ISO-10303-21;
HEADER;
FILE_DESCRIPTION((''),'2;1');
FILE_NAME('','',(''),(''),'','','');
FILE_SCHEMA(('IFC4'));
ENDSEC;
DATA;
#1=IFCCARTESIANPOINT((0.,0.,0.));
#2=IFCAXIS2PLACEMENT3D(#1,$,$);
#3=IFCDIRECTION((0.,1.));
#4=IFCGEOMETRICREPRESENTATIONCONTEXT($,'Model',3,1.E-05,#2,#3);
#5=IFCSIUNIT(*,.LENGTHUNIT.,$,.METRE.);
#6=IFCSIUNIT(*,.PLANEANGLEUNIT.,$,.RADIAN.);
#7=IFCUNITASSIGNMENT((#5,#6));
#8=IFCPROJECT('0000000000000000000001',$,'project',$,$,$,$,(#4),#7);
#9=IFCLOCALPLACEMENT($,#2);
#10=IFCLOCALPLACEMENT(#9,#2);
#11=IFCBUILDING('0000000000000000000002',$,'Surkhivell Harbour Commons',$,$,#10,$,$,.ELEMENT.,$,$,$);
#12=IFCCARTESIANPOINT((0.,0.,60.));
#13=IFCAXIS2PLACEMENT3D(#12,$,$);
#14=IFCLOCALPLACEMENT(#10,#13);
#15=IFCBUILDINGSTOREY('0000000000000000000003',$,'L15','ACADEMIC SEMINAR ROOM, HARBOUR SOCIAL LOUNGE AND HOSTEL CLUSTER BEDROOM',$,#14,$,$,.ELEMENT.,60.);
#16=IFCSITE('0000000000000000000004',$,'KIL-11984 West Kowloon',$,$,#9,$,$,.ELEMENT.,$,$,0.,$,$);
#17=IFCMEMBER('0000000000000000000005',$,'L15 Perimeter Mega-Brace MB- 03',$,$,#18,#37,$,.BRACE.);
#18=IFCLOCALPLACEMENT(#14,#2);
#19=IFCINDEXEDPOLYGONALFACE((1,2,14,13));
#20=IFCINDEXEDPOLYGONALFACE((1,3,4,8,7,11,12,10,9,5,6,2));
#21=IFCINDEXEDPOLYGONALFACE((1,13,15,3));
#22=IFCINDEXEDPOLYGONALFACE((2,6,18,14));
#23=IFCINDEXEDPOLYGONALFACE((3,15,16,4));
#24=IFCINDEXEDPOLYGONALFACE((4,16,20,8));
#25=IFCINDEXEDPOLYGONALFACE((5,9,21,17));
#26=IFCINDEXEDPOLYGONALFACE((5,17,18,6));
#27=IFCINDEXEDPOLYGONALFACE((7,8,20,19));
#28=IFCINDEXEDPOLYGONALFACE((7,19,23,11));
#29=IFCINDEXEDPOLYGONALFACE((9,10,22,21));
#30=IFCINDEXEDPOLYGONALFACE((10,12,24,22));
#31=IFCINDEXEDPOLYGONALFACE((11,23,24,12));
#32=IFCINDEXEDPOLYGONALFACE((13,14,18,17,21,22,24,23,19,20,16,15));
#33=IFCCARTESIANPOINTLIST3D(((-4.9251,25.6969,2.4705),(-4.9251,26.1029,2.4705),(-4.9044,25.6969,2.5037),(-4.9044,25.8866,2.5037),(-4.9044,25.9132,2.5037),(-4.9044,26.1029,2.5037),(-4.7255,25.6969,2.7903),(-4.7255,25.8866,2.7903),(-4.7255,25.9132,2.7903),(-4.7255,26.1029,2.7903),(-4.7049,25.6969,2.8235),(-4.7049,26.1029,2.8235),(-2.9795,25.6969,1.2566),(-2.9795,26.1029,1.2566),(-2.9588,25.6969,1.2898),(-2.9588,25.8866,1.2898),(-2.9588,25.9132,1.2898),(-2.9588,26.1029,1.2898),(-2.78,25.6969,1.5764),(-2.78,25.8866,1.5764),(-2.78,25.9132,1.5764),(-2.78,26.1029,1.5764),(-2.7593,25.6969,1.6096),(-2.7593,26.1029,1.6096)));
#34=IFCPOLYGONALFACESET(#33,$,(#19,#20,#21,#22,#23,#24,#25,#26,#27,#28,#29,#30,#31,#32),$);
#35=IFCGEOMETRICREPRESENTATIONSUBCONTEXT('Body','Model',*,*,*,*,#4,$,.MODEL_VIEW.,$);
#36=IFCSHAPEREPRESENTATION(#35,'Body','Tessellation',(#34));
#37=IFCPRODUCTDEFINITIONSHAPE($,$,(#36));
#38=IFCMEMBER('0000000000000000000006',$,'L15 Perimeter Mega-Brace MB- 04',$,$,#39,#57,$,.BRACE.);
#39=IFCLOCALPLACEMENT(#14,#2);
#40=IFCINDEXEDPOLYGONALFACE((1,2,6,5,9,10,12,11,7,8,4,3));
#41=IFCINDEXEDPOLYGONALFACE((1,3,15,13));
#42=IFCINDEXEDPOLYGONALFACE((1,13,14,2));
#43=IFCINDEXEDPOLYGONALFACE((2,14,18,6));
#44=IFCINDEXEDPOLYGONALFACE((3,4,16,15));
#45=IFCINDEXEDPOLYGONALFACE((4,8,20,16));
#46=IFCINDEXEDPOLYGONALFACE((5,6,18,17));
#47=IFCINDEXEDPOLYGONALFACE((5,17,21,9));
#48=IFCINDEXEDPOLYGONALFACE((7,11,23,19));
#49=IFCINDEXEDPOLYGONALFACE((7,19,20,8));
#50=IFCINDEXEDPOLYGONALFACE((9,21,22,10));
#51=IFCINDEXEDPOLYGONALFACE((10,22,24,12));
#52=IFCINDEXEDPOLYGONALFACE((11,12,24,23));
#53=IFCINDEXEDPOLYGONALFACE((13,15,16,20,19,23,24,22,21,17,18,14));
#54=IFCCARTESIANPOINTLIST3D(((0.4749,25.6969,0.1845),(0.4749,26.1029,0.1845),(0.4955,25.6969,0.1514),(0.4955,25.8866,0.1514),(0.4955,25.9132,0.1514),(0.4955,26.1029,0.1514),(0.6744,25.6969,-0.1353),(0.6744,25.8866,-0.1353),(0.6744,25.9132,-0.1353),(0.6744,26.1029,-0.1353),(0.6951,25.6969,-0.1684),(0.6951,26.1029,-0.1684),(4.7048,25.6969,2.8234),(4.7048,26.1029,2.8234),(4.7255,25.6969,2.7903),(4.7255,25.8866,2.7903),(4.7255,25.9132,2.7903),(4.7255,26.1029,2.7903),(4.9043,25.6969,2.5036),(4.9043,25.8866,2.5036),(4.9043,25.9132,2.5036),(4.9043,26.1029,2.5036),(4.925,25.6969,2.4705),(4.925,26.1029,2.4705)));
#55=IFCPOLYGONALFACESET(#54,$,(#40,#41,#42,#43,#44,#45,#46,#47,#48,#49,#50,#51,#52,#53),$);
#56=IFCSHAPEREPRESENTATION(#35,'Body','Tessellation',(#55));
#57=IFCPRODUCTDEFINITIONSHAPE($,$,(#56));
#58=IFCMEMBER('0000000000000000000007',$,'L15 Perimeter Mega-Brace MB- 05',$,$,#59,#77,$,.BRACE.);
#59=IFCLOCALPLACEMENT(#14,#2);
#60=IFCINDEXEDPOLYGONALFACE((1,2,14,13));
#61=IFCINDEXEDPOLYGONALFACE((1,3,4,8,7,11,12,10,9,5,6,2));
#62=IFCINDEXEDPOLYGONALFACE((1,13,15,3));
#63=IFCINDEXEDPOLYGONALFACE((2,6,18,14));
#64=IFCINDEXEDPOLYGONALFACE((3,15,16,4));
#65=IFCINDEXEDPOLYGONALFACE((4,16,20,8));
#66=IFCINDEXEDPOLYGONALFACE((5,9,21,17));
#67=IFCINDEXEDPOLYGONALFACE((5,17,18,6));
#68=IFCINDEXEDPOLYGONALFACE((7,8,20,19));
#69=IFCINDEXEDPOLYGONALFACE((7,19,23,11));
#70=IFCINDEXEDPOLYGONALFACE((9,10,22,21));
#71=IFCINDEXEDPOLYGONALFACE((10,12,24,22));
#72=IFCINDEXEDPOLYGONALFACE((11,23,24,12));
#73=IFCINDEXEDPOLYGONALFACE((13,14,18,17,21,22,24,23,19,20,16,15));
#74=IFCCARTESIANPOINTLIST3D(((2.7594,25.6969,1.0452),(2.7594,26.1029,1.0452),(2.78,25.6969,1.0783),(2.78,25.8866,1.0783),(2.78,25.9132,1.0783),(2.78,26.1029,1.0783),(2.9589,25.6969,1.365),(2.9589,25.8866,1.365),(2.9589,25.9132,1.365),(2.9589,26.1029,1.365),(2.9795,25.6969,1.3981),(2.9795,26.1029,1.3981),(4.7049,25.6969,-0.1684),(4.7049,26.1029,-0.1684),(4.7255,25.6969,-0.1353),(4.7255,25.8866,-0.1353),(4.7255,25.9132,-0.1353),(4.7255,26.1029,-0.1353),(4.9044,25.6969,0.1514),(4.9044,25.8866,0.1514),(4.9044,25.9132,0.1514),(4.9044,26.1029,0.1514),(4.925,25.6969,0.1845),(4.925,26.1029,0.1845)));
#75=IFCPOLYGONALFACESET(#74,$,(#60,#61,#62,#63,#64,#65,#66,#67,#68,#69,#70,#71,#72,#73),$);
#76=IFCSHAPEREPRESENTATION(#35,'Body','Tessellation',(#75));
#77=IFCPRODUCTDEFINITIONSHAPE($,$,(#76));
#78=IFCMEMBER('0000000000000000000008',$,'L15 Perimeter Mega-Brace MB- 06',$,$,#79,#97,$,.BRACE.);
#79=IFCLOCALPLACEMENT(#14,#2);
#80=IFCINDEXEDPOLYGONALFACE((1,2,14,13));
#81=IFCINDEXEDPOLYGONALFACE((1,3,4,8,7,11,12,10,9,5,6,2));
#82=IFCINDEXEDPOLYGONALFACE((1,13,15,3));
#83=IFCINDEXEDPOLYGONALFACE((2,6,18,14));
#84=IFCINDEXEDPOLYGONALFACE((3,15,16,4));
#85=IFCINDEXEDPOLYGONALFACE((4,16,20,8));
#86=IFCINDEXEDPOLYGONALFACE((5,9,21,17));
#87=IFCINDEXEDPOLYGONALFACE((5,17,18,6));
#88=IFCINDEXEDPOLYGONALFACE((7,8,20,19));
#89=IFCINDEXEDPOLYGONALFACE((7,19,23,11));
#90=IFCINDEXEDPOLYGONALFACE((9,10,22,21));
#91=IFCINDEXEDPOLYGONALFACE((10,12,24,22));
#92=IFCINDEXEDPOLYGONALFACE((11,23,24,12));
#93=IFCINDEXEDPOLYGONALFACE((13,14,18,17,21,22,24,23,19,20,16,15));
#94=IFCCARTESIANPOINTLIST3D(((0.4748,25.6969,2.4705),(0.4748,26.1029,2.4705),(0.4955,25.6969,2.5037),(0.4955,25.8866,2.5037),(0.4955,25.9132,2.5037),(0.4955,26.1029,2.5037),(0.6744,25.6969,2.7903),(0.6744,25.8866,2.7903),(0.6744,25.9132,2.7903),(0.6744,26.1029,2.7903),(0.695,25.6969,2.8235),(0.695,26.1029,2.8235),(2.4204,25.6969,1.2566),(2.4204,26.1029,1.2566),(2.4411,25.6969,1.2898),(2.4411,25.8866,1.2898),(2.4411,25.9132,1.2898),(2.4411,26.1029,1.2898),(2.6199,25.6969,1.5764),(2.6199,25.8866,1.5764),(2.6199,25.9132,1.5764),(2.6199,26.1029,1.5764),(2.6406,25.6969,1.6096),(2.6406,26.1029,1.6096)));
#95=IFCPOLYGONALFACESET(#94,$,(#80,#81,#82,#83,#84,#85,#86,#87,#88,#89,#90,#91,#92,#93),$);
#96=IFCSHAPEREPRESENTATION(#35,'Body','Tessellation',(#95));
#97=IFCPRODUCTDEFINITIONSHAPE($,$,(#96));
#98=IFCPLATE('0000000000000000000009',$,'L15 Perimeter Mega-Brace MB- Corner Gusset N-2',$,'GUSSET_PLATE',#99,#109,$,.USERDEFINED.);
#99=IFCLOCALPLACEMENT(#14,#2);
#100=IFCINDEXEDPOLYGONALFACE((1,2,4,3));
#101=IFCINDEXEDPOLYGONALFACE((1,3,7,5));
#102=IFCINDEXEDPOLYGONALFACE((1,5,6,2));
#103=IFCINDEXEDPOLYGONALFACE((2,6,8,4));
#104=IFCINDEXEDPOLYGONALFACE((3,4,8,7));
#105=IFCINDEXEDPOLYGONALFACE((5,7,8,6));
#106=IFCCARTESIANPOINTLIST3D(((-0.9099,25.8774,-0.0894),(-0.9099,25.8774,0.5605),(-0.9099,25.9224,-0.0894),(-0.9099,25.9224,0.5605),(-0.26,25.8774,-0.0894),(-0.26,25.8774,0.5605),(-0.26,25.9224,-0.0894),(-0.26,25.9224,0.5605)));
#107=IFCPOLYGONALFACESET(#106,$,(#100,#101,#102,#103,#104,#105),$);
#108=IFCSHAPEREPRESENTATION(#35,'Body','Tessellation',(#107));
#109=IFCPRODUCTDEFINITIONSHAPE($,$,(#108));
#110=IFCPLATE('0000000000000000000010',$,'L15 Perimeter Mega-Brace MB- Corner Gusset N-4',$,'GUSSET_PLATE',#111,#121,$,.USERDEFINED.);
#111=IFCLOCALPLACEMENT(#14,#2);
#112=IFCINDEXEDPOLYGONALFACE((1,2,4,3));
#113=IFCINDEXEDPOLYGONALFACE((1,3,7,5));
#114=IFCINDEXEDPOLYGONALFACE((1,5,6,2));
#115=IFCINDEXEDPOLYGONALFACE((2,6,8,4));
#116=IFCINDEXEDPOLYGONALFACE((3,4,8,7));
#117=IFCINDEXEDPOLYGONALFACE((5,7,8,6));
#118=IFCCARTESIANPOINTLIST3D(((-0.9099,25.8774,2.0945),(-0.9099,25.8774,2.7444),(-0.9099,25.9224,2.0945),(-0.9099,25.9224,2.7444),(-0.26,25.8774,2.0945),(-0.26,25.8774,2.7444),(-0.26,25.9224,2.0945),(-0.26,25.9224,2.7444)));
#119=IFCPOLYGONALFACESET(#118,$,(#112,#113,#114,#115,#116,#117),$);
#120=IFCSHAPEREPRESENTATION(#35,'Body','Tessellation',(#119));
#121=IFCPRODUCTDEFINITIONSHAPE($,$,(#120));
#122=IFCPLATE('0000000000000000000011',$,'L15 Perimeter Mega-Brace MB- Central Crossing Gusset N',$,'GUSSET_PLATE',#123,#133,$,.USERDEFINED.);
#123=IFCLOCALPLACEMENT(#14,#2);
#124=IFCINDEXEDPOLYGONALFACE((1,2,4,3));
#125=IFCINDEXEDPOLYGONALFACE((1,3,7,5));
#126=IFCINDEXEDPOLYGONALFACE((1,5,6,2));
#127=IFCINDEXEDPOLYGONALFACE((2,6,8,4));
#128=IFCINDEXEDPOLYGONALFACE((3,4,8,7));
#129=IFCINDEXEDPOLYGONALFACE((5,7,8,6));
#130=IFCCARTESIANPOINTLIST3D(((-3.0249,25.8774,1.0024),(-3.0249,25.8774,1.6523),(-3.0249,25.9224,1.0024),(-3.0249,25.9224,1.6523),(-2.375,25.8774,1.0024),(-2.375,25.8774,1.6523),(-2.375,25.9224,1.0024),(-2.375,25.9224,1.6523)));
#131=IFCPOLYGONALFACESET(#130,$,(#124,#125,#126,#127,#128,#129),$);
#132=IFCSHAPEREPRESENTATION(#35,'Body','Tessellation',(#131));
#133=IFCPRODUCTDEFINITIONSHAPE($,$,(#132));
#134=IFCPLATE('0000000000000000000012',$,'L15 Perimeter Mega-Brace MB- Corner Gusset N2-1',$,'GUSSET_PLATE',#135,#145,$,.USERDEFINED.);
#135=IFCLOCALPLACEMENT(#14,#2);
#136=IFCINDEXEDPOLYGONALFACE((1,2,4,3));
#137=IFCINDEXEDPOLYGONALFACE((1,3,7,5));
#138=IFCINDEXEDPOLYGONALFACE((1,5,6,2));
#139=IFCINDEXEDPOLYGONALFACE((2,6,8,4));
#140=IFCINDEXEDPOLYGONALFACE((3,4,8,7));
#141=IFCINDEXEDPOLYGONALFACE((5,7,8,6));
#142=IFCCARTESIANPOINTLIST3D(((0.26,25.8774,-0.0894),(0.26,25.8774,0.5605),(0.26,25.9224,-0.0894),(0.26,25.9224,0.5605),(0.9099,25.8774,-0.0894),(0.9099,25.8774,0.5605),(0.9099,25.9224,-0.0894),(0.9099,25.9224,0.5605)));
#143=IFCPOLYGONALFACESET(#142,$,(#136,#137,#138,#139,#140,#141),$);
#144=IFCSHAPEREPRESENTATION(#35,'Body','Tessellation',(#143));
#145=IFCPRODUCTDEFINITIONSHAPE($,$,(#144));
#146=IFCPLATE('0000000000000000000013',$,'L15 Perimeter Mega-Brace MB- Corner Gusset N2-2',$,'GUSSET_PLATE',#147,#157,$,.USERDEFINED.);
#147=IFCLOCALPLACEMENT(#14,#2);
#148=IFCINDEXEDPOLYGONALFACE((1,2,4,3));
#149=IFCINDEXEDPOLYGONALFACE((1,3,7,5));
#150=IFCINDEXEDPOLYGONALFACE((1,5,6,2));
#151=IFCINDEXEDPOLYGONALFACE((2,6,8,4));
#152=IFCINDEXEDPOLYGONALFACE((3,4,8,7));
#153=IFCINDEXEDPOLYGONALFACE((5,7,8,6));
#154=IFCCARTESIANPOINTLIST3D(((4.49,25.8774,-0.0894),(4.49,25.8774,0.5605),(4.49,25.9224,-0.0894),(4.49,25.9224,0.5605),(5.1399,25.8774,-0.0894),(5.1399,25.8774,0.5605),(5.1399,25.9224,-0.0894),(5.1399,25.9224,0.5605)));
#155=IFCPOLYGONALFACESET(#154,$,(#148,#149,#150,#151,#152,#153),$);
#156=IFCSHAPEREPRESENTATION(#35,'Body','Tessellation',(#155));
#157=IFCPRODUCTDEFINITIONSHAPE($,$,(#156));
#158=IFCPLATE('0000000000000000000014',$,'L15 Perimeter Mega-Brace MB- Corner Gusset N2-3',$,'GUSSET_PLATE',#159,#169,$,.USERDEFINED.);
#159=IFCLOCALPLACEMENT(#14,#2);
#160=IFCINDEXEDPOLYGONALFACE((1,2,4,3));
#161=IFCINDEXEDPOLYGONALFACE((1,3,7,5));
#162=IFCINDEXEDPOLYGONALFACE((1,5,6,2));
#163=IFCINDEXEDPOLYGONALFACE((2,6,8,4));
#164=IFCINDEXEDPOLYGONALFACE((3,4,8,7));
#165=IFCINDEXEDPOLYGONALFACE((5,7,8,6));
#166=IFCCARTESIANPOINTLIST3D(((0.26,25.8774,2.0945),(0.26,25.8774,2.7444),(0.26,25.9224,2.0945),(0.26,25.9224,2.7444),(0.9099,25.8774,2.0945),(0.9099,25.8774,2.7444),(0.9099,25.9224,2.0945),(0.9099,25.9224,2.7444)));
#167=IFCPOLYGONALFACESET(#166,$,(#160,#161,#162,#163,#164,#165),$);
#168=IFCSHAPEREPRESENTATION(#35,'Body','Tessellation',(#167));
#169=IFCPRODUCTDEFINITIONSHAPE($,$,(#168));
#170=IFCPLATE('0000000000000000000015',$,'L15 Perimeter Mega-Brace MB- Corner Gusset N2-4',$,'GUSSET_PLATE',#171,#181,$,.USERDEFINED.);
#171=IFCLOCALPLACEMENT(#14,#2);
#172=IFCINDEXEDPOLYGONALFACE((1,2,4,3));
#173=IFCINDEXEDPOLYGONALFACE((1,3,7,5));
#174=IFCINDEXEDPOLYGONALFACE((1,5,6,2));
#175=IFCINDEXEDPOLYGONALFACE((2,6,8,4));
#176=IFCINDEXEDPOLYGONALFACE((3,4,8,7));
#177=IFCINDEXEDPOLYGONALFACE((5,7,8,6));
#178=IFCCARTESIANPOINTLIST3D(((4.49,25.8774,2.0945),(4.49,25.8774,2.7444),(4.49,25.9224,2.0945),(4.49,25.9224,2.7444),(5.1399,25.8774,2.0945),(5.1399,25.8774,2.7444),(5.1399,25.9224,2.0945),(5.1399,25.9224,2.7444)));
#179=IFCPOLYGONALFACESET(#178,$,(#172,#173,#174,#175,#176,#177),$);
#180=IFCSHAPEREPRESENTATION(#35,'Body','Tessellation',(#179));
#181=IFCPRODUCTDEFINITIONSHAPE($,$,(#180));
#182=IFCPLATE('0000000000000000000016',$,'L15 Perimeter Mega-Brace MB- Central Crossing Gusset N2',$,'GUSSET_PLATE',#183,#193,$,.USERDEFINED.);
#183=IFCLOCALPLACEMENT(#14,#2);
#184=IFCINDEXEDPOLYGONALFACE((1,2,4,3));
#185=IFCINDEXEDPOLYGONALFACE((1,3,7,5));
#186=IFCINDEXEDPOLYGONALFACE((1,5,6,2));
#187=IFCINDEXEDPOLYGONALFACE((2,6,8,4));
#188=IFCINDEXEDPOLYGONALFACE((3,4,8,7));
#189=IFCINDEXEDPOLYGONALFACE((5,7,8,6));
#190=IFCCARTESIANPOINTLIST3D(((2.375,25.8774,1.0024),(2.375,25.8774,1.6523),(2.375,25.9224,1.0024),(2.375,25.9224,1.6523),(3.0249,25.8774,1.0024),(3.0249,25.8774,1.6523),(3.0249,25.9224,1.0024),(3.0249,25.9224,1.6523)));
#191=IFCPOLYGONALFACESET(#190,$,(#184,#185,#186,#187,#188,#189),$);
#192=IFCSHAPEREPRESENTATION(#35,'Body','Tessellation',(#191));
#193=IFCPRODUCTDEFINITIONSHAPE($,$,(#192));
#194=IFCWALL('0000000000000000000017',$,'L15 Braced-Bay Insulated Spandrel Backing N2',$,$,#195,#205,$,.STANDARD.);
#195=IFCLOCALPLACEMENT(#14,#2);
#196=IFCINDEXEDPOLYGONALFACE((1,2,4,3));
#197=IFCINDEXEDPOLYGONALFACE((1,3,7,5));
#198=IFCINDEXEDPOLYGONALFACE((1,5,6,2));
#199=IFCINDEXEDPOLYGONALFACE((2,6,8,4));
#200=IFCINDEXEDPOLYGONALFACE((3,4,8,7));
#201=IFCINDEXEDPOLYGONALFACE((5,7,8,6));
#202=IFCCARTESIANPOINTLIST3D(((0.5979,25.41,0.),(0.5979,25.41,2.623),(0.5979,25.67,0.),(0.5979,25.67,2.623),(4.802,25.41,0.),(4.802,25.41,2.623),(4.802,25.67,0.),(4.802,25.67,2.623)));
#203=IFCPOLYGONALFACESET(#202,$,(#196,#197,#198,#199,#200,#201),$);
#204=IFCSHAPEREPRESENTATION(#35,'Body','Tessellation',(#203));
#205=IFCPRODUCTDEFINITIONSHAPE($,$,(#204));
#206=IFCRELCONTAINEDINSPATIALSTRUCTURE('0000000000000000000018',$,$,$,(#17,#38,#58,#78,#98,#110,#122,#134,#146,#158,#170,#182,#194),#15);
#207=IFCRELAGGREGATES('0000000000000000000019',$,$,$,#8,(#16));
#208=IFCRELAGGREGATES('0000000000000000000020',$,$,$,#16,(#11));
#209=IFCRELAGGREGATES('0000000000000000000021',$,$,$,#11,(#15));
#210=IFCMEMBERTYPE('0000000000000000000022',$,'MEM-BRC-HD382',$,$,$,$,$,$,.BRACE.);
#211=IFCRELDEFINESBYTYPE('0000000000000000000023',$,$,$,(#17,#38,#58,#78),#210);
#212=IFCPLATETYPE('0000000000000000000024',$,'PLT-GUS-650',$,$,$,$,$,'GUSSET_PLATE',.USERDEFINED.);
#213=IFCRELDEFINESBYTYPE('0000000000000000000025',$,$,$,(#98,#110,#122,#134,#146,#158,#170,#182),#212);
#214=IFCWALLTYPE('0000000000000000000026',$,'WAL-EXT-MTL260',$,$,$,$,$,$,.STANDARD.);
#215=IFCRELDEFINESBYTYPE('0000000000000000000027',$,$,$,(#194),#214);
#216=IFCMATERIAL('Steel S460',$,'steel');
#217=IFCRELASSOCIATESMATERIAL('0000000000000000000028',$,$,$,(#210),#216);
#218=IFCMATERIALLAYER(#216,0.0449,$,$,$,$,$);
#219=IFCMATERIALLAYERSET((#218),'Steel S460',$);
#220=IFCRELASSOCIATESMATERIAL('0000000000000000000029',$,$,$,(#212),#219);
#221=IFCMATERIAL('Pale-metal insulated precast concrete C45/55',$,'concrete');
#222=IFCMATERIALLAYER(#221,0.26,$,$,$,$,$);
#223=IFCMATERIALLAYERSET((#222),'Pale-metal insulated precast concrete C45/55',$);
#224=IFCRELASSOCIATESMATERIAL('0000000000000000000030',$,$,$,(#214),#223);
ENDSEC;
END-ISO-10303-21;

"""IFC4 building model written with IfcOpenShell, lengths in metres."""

from ifc_helpers import new_model, si_unit, direction, frame, frame_2d, origin, origin_2d, place, context, subcontext, project, spatial, rectangle, i_section, extrude, material, layer, layer_set, material_profile, profile_set, type_object, element, save


model = new_model("IFC4")

# Units and contexts
model_context = context("Model", 3, precision=1e-05, world=origin(), true_north=direction((0.0, 1.0)))
body_context = subcontext(model_context, "Body", "Model", "MODEL_VIEW")
ifc_project = project(units=[si_unit("LENGTHUNIT", "METRE"), si_unit("PLANEANGLEUNIT", "RADIAN")], contexts=[model_context])

# Site, building, storey
site_placement = place(None, origin())
site = spatial("IfcSite", under=ifc_project, at=site_placement, Name="KIL-11984 West Kowloon", CompositionType="ELEMENT", RefElevation=0.0)
building_placement = place(site_placement, origin())
building = spatial("IfcBuilding", under=site, at=building_placement, Name="Surkhivell Harbour Commons", CompositionType="ELEMENT")
storey_placement = place(building_placement, frame((0.0, 0.0, 60.0)))
storey = spatial("IfcBuildingStorey", under=building, at=storey_placement, Name="L15", Description="ACADEMIC SEMINAR ROOM, HARBOUR SOCIAL LOUNGE AND HOSTEL CLUSTER BEDROOM", CompositionType="ELEMENT", Elevation=60.0)

# Shared definitions
ifc_material_1 = material(Name="Steel S460", Category="steel")

# Members
ifc_material_profile_1 = material_profile(ifc_material_1, i_section(OverallWidth=0.406, OverallDepth=0.416, WebThickness=0.0266, FlangeThickness=0.0391, at=origin_2d()), Name="HD400x382")
ifc_profile_set_1 = profile_set([ifc_material_profile_1], Name="Steel S460")
member_type_1 = type_object("IfcMemberType", Name="MEM-BRC-HD382", PredefinedType="BRACE", material=ifc_profile_set_1)
member_1_placement = place(storey_placement, frame((-2.8694, 25.8999, 1.4331), z_axis=(-0.848411, 0.0, 0.529338), x_axis=(0.0, -1.0, 0.0)))
element("IfcMember", 1, at=member_1_placement, inside=storey, type_object=member_type_1, Name="L15 Perimeter Mega-Brace MB- 03", PredefinedType="BRACE", context=body_context, shape_type="SweptSolid", body=[
    extrude(i_section(OverallWidth=0.406, OverallDepth=0.416, WebThickness=0.0266, FlangeThickness=0.0391, at=origin_2d()), origin(), (0.0, 0.0, 1.0), 2.2932),
])
member_2_placement = place(storey_placement, frame((0.585, 25.8999, 0.0081), z_axis=(0.848433, 0.0, 0.529303), x_axis=(0.0, 1.0, 0.0)))
element("IfcMember", 2, at=member_2_placement, inside=storey, type_object=member_type_1, Name="L15 Perimeter Mega-Brace MB- 04", PredefinedType="BRACE", context=body_context, shape_type="SweptSolid", body=[
    extrude(i_section(OverallWidth=0.406, OverallDepth=0.416, WebThickness=0.0266, FlangeThickness=0.0391, at=origin_2d()), origin(), (0.0, 0.0, 1.0), 4.9856),
])
member_3_placement = place(storey_placement, frame((4.8149, 25.8999, 0.0081), z_axis=(-0.848459, 0.0, 0.529262), x_axis=(0.0, -1.0, 0.0)))
element("IfcMember", 3, at=member_3_placement, inside=storey, type_object=member_type_1, Name="L15 Perimeter Mega-Brace MB- 05", PredefinedType="BRACE", context=body_context, shape_type="SweptSolid", body=[
    extrude(i_section(OverallWidth=0.406, OverallDepth=0.416, WebThickness=0.0266, FlangeThickness=0.0391, at=origin_2d()), origin(), (0.0, 0.0, 1.0), 2.293),
])
member_4_placement = place(storey_placement, frame((2.5305, 25.8999, 1.4331), z_axis=(-0.848411, 0.0, 0.529338), x_axis=(0.0, -1.0, 0.0)))
element("IfcMember", 4, at=member_4_placement, inside=storey, type_object=member_type_1, Name="L15 Perimeter Mega-Brace MB- 06", PredefinedType="BRACE", context=body_context, shape_type="SweptSolid", body=[
    extrude(i_section(OverallWidth=0.406, OverallDepth=0.416, WebThickness=0.0266, FlangeThickness=0.0391, at=origin_2d()), origin(), (0.0, 0.0, 1.0), 2.2932),
])

# Plates
ifc_layer_1 = layer(ifc_material_1, 0.0449)
ifc_layer_set_1 = layer_set([ifc_layer_1], Name="Steel S460")
plate_type_1 = type_object("IfcPlateType", Name="PLT-GUS-650", ElementType="GUSSET_PLATE", PredefinedType="USERDEFINED", material=ifc_layer_set_1)
for number, where, z_axis, x_axis, name in (
    (5, (-0.585, 25.8999, -0.0894), (0.0, 0.0, 1.0), (1.0, 0.0, 0.0), "L15 Perimeter Mega-Brace MB- Corner Gusset N-2"),
    (6, (-0.585, 25.8999, 2.0945), (0.0, 0.0, 1.0), (1.0, 0.0, 0.0), "L15 Perimeter Mega-Brace MB- Corner Gusset N-4"),
    (7, (-2.7, 25.8999, 1.0024), (0.0, 0.0, 1.0), (1.0, 0.0, 0.0), "L15 Perimeter Mega-Brace MB- Central Crossing Gusset N"),
    (8, (0.585, 25.8999, -0.0894), (0.0, 0.0, 1.0), (1.0, 0.0, 0.0), "L15 Perimeter Mega-Brace MB- Corner Gusset N2-1"),
    (9, (4.8149, 25.8999, -0.0894), (0.0, 0.0, 1.0), (1.0, 0.0, 0.0), "L15 Perimeter Mega-Brace MB- Corner Gusset N2-2"),
    (10, (0.585, 25.8999, 2.0945), (0.0, 0.0, 1.0), (1.0, 0.0, 0.0), "L15 Perimeter Mega-Brace MB- Corner Gusset N2-3"),
    (11, (4.8149, 25.8999, 2.0945), (0.0, 0.0, 1.0), (1.0, 0.0, 0.0), "L15 Perimeter Mega-Brace MB- Corner Gusset N2-4"),
    (12, (2.7, 25.8999, 1.0024), (0.0, 0.0, 1.0), (1.0, 0.0, 0.0), "L15 Perimeter Mega-Brace MB- Central Crossing Gusset N2"),
):
    element("IfcPlate", number, at=place(storey_placement, frame(where, z_axis=z_axis, x_axis=x_axis)), inside=storey, type_object=plate_type_1, Name=name, ObjectType="GUSSET_PLATE", PredefinedType="USERDEFINED", context=body_context, shape_type="SweptSolid", body=[
        extrude(rectangle(XDim=0.6499, YDim=0.0449, at=origin_2d()), origin(), (0.0, 0.0, 1.0), 0.6499),
    ])

# Wall
ifc_material_2 = material(Name="Pale-metal insulated precast concrete C45/55", Category="concrete")
ifc_layer_2 = layer(ifc_material_2, 0.26)
ifc_layer_set_2 = layer_set([ifc_layer_2], Name="Pale-metal insulated precast concrete C45/55")
wall_type = type_object("IfcWallType", Name="WAL-EXT-MTL260", PredefinedType="STANDARD", material=ifc_layer_set_2)
wall_placement = place(storey_placement, frame((4.802, 25.54, 0.0), z_axis=(0.0, 0.0, 1.0), x_axis=(-1.0, 0.0, 0.0)))
element("IfcWall", 13, at=wall_placement, inside=storey, type_object=wall_type, Name="L15 Braced-Bay Insulated Spandrel Backing N2", PredefinedType="STANDARD", context=body_context, shape_type="SweptSolid", body=[
    extrude(rectangle(XDim=4.2041, YDim=0.26, at=frame_2d((2.1021, 0.0))), origin(), (0.0, 0.0, 1.0), 2.623),
])

save(model, "model.ifc")
